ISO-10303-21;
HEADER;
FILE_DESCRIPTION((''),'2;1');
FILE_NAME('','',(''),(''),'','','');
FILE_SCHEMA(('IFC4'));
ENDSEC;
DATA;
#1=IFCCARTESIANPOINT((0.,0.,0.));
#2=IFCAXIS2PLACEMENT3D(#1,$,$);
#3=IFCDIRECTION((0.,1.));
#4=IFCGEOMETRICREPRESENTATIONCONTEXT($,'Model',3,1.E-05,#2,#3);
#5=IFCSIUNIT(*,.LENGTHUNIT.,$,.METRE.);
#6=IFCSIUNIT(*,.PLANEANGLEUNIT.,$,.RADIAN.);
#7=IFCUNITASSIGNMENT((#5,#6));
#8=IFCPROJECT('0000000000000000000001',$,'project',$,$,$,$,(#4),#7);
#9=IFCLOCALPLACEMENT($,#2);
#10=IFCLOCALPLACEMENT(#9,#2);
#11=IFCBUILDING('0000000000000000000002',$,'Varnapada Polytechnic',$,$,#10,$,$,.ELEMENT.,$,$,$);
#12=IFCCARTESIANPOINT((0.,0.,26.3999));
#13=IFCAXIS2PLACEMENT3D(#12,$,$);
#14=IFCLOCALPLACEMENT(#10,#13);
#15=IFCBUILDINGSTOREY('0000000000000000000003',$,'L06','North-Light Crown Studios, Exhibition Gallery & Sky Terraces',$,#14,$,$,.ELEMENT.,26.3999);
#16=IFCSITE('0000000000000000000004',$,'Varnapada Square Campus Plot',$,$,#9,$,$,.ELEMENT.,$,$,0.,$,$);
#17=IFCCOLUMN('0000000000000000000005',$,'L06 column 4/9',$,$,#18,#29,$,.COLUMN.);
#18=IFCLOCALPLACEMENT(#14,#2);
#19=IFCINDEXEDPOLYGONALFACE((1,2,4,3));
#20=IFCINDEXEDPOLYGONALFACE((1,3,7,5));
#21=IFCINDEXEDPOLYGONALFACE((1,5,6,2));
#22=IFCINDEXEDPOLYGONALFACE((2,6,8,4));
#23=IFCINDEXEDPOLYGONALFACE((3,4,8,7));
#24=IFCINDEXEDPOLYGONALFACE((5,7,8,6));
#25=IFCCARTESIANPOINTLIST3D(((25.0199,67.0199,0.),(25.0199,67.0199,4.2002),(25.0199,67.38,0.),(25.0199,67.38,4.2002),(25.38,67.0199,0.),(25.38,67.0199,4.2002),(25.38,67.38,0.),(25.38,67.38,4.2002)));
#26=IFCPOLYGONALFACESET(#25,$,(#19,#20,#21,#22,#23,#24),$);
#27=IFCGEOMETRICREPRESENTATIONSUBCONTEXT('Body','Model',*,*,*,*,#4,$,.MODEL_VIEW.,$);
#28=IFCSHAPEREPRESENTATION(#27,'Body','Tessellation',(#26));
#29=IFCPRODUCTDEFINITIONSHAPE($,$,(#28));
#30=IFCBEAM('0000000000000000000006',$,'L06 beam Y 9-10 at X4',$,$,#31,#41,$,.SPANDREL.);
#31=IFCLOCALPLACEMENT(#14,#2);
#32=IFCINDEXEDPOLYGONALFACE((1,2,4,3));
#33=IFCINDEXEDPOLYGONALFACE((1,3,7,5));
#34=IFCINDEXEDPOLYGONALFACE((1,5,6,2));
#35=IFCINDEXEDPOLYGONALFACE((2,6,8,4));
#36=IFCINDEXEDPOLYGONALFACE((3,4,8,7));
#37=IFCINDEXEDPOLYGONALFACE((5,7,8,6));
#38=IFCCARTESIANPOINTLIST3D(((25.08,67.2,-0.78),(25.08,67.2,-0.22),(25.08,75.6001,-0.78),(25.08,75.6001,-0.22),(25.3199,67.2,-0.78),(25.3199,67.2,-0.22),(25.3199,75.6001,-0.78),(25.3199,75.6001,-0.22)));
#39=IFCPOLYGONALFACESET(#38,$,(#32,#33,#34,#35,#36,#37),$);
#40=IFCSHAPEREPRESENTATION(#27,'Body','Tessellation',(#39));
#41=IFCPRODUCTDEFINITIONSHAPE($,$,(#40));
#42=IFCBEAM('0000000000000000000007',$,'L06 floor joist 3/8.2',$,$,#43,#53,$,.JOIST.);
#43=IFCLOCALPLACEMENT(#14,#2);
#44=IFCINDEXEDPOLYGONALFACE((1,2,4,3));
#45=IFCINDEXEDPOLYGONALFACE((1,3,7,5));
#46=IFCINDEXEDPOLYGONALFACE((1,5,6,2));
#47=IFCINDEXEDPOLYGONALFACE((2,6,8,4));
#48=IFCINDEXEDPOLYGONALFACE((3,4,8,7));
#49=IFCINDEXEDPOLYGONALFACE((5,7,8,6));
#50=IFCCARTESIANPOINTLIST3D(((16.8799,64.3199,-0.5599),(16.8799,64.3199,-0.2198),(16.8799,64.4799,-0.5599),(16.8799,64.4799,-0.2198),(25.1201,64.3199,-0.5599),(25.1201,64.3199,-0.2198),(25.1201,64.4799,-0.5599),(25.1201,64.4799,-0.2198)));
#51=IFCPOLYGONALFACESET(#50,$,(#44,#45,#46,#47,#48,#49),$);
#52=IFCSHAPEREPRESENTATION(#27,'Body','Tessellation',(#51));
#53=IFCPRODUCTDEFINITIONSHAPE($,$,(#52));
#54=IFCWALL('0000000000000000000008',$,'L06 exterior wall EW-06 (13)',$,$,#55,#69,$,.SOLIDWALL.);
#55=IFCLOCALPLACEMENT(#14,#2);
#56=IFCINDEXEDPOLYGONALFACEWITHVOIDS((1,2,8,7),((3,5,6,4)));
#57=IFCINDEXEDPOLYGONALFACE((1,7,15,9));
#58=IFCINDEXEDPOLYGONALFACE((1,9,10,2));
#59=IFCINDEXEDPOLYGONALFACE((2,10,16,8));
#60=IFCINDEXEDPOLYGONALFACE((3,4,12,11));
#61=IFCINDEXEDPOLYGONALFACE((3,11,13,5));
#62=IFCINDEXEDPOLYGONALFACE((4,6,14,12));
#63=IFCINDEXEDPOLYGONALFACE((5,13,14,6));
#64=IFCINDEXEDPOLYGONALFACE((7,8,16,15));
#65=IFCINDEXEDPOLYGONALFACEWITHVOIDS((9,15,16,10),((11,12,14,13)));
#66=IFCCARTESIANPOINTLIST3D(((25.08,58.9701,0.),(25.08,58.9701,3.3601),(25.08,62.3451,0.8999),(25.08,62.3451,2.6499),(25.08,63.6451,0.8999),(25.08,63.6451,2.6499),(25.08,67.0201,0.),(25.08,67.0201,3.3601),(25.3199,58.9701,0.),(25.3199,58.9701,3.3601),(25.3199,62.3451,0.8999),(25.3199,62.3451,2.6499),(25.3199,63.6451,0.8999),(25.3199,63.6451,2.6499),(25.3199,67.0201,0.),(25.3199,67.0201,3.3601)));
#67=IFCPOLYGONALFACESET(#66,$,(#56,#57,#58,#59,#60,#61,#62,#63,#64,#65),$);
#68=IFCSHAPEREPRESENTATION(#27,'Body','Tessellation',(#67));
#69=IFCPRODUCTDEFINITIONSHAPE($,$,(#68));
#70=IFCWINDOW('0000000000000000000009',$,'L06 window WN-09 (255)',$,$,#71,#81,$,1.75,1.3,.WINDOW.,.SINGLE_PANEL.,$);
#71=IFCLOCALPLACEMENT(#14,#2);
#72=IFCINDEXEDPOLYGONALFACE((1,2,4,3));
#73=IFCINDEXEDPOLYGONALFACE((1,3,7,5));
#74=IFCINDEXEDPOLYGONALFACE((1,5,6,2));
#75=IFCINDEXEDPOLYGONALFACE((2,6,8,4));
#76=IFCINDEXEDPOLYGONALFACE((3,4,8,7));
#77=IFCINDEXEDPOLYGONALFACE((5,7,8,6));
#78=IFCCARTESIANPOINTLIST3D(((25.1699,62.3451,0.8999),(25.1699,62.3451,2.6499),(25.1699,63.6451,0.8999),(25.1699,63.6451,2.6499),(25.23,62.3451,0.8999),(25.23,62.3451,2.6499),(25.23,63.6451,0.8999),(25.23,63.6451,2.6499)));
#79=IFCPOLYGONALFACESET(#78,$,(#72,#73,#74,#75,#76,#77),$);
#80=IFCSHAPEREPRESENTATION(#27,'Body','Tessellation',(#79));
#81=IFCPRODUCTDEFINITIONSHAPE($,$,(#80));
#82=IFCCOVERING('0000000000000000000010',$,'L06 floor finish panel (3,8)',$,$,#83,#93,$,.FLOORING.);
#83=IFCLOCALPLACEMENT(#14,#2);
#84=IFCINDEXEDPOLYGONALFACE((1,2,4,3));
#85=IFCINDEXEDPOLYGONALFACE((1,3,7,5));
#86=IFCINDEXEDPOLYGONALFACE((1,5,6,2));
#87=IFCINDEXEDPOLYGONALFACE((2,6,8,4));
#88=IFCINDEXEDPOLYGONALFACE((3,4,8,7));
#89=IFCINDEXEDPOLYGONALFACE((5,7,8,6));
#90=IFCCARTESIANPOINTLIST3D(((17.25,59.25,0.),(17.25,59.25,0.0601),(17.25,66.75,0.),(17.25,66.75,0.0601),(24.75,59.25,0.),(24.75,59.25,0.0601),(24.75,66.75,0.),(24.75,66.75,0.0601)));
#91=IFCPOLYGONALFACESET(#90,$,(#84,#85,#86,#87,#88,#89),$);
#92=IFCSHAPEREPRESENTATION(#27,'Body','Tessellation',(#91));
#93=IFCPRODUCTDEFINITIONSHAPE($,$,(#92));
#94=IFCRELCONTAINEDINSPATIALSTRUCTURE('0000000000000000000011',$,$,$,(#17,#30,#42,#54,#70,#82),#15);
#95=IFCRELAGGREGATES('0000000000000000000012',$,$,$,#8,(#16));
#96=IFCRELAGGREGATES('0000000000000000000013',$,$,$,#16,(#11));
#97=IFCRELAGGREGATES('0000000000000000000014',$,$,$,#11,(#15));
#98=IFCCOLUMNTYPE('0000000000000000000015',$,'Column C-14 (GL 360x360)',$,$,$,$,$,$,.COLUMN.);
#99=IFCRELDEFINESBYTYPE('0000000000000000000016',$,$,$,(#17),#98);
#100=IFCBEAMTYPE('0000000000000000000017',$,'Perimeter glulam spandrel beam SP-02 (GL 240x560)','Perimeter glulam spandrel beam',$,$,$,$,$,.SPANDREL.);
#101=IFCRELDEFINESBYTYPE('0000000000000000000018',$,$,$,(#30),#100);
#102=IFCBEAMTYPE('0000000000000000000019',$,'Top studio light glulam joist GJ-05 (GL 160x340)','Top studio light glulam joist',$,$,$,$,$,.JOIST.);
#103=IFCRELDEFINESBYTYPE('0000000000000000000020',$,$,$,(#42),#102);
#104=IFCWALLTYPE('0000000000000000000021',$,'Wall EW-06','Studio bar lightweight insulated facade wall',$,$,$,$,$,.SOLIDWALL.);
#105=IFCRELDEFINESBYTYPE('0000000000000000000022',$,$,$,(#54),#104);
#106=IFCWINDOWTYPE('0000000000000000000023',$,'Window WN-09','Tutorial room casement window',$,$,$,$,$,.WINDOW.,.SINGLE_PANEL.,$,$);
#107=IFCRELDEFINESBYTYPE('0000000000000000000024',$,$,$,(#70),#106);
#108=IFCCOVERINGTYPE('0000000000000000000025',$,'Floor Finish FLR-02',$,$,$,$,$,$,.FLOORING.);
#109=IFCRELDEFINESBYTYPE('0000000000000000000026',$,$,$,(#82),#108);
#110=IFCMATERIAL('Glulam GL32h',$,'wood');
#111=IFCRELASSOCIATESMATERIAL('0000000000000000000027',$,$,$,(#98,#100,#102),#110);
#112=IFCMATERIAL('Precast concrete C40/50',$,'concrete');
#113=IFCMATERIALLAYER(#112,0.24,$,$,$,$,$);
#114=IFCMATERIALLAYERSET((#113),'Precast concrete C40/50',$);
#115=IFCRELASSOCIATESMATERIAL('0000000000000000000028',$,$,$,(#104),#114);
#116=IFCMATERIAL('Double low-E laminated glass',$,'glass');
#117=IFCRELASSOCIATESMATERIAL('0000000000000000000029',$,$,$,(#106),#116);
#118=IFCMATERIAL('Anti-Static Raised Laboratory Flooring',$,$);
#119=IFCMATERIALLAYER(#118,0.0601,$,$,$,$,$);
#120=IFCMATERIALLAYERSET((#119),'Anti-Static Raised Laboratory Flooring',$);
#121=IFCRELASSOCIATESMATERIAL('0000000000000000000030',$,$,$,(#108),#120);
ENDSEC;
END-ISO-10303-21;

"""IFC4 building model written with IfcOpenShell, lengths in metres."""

from ifc_helpers import new_model, si_unit, direction, frame, frame_2d, origin, origin_2d, place, context, subcontext, project, spatial, rectangle, extrude, material, layer, layer_set, material_profile, profile_set, type_object, element, fill, save


model = new_model("IFC4")

# Units and contexts
model_context = context("Model", 3, precision=1e-05, world=origin(), true_north=direction((0.0, 1.0)))
body_context = subcontext(model_context, "Body", "Model", "MODEL_VIEW")
ifc_project = project(units=[si_unit("LENGTHUNIT", "METRE"), si_unit("PLANEANGLEUNIT", "RADIAN")], contexts=[model_context])

# Site, building, storey
site_placement = place(None, origin())
site = spatial("IfcSite", under=ifc_project, at=site_placement, Name="Varnapada Square Campus Plot", CompositionType="ELEMENT", RefElevation=0.0)
building_placement = place(site_placement, origin())
building = spatial("IfcBuilding", under=site, at=building_placement, Name="Varnapada Polytechnic", CompositionType="ELEMENT")
storey_placement = place(building_placement, frame((0.0, 0.0, 26.3999)))
storey = spatial("IfcBuildingStorey", under=building, at=storey_placement, Name="L06", Description="North-Light Crown Studios, Exhibition Gallery & Sky Terraces", CompositionType="ELEMENT", Elevation=26.3999)

# Column
ifc_material_1 = material(Name="Glulam GL32h", Category="wood")
ifc_material_profile_1 = material_profile(ifc_material_1, rectangle(XDim=0.3601, YDim=0.3601, at=origin_2d()), Name="GL 360x360")
ifc_profile_set_1 = profile_set([ifc_material_profile_1], Name="Glulam GL32h")
column_type = type_object("IfcColumnType", Name="Column C-14 (GL 360x360)", PredefinedType="COLUMN", material=ifc_profile_set_1)
column_placement = place(storey_placement, frame((25.2, 67.2, 0.0), z_axis=(0.0, 0.0, 1.0), x_axis=(1.0, 0.0, 0.0)))
element("IfcColumn", 1, at=column_placement, inside=storey, type_object=column_type, Name="L06 column 4/9", PredefinedType="COLUMN", context=body_context, shape_type="SweptSolid", body=[
    extrude(rectangle(XDim=0.3601, YDim=0.3601, at=origin_2d()), origin(), (0.0, 0.0, 1.0), 4.2002),
])

# Beams
ifc_material_profile_2 = material_profile(ifc_material_1, rectangle(XDim=0.24, YDim=0.5601, at=origin_2d()), Name="GL 240x560")
ifc_profile_set_2 = profile_set([ifc_material_profile_2], Name="Glulam GL32h")
beam_type_1 = type_object("IfcBeamType", Name="Perimeter glulam spandrel beam SP-02 (GL 240x560)", Description="Perimeter glulam spandrel beam", PredefinedType="SPANDREL", material=ifc_profile_set_2)
beam_1_placement = place(storey_placement, frame((25.2, 67.2, -0.5), z_axis=(0.0, 1.0, 0.0), x_axis=(-1.0, 0.0, 0.0)))
element("IfcBeam", 2, at=beam_1_placement, inside=storey, type_object=beam_type_1, Name="L06 beam Y 9-10 at X4", PredefinedType="SPANDREL", context=body_context, shape_type="SweptSolid", body=[
    extrude(rectangle(XDim=0.24, YDim=0.5601, at=origin_2d()), origin(), (0.0, 0.0, 1.0), 8.4001),
])
ifc_material_profile_3 = material_profile(ifc_material_1, rectangle(XDim=0.1599, YDim=0.3401, at=origin_2d()), Name="GL 160x340")
ifc_profile_set_3 = profile_set([ifc_material_profile_3], Name="Glulam GL32h")
beam_type_2 = type_object("IfcBeamType", Name="Top studio light glulam joist GJ-05 (GL 160x340)", Description="Top studio light glulam joist", PredefinedType="JOIST", material=ifc_profile_set_3)
beam_2_placement = place(storey_placement, frame((16.8799, 64.3999, -0.3899), z_axis=(1.0, 0.0, 0.0), x_axis=(0.0, 1.0, 0.0)))
element("IfcBeam", 3, at=beam_2_placement, inside=storey, type_object=beam_type_2, Name="L06 floor joist 3/8.2", PredefinedType="JOIST", context=body_context, shape_type="SweptSolid", body=[
    extrude(rectangle(XDim=0.1599, YDim=0.3401, at=origin_2d()), origin(), (0.0, 0.0, 1.0), 8.2402),
])

# Wall, opening, window
ifc_material_2 = material(Name="Precast concrete C40/50", Category="concrete")
ifc_layer_1 = layer(ifc_material_2, 0.24)
ifc_layer_set_1 = layer_set([ifc_layer_1], Name="Precast concrete C40/50")
wall_type = type_object("IfcWallType", Name="Wall EW-06", Description="Studio bar lightweight insulated facade wall", PredefinedType="SOLIDWALL", material=ifc_layer_set_1)
wall_placement = place(storey_placement, frame((25.2, 67.02, 0.0), z_axis=(0.0, 0.0, 1.0), x_axis=(0.0, -1.0, 0.0)))
wall = element("IfcWall", 4, at=wall_placement, inside=storey, type_object=wall_type, Name="L06 exterior wall EW-06 (13)", PredefinedType="SOLIDWALL", context=body_context, shape_type="SweptSolid", body=[
    extrude(rectangle(XDim=8.05, YDim=0.24, at=frame_2d((4.0249, 0.0))), origin(), (0.0, 0.0, 1.0), 3.3601),
])
opening_1_placement = place(wall_placement, frame((3.375, 0.0, 0.8999)))
opening_1 = element("IfcOpeningElement", 5, at=opening_1_placement, cuts=wall, PredefinedType="OPENING", context=body_context, shape_type="SweptSolid", body=[
    extrude(rectangle(XDim=1.3, YDim=1.75, at=frame_2d((0.6499, 0.875))), frame((0.0, 0.1299, 0.0), z_axis=(0.0, -1.0, 0.0), x_axis=(1.0, 0.0, 0.0)), (0.0, 0.0, 1.0), 0.26),
])
ifc_material_3 = material(Name="Double low-E laminated glass", Category="glass")
window_type = type_object("IfcWindowType", Name="Window WN-09", Description="Tutorial room casement window", PartitioningType="SINGLE_PANEL", PredefinedType="WINDOW", material=ifc_material_3)
window_placement = place(opening_1_placement, origin())
window = element("IfcWindow", 6, at=window_placement, inside=storey, type_object=window_type, Name="L06 window WN-09 (255)", OverallHeight=1.75, OverallWidth=1.3, PartitioningType="SINGLE_PANEL", PredefinedType="WINDOW", context=body_context, shape_type="SweptSolid", body=[
    extrude(rectangle(XDim=1.3, YDim=1.75, at=frame_2d((0.6499, 0.875))), frame((0.0, 0.03, 0.0), z_axis=(0.0, -1.0, 0.0), x_axis=(1.0, 0.0, 0.0)), (0.0, 0.0, 1.0), 0.0601),
])
fill(opening_1, window)

# Covering
ifc_material_4 = material(Name="Anti-Static Raised Laboratory Flooring")
ifc_layer_2 = layer(ifc_material_4, 0.0601)
ifc_layer_set_2 = layer_set([ifc_layer_2], Name="Anti-Static Raised Laboratory Flooring")
covering_type_1 = type_object("IfcCoveringType", Name="Floor Finish FLR-02", PredefinedType="FLOORING", material=ifc_layer_set_2)
covering_1_placement = place(storey_placement, frame((21.0, 63.0, 0.0), z_axis=(0.0, 0.0, 1.0), x_axis=(1.0, 0.0, 0.0)))
element("IfcCovering", 7, at=covering_1_placement, inside=storey, type_object=covering_type_1, Name="L06 floor finish panel (3,8)", PredefinedType="FLOORING", context=body_context, shape_type="SweptSolid", body=[
    extrude(rectangle(XDim=7.5, YDim=7.5, at=origin_2d()), origin(), (0.0, 0.0, 1.0), 0.0601),
])

save(model, "model.ifc")
